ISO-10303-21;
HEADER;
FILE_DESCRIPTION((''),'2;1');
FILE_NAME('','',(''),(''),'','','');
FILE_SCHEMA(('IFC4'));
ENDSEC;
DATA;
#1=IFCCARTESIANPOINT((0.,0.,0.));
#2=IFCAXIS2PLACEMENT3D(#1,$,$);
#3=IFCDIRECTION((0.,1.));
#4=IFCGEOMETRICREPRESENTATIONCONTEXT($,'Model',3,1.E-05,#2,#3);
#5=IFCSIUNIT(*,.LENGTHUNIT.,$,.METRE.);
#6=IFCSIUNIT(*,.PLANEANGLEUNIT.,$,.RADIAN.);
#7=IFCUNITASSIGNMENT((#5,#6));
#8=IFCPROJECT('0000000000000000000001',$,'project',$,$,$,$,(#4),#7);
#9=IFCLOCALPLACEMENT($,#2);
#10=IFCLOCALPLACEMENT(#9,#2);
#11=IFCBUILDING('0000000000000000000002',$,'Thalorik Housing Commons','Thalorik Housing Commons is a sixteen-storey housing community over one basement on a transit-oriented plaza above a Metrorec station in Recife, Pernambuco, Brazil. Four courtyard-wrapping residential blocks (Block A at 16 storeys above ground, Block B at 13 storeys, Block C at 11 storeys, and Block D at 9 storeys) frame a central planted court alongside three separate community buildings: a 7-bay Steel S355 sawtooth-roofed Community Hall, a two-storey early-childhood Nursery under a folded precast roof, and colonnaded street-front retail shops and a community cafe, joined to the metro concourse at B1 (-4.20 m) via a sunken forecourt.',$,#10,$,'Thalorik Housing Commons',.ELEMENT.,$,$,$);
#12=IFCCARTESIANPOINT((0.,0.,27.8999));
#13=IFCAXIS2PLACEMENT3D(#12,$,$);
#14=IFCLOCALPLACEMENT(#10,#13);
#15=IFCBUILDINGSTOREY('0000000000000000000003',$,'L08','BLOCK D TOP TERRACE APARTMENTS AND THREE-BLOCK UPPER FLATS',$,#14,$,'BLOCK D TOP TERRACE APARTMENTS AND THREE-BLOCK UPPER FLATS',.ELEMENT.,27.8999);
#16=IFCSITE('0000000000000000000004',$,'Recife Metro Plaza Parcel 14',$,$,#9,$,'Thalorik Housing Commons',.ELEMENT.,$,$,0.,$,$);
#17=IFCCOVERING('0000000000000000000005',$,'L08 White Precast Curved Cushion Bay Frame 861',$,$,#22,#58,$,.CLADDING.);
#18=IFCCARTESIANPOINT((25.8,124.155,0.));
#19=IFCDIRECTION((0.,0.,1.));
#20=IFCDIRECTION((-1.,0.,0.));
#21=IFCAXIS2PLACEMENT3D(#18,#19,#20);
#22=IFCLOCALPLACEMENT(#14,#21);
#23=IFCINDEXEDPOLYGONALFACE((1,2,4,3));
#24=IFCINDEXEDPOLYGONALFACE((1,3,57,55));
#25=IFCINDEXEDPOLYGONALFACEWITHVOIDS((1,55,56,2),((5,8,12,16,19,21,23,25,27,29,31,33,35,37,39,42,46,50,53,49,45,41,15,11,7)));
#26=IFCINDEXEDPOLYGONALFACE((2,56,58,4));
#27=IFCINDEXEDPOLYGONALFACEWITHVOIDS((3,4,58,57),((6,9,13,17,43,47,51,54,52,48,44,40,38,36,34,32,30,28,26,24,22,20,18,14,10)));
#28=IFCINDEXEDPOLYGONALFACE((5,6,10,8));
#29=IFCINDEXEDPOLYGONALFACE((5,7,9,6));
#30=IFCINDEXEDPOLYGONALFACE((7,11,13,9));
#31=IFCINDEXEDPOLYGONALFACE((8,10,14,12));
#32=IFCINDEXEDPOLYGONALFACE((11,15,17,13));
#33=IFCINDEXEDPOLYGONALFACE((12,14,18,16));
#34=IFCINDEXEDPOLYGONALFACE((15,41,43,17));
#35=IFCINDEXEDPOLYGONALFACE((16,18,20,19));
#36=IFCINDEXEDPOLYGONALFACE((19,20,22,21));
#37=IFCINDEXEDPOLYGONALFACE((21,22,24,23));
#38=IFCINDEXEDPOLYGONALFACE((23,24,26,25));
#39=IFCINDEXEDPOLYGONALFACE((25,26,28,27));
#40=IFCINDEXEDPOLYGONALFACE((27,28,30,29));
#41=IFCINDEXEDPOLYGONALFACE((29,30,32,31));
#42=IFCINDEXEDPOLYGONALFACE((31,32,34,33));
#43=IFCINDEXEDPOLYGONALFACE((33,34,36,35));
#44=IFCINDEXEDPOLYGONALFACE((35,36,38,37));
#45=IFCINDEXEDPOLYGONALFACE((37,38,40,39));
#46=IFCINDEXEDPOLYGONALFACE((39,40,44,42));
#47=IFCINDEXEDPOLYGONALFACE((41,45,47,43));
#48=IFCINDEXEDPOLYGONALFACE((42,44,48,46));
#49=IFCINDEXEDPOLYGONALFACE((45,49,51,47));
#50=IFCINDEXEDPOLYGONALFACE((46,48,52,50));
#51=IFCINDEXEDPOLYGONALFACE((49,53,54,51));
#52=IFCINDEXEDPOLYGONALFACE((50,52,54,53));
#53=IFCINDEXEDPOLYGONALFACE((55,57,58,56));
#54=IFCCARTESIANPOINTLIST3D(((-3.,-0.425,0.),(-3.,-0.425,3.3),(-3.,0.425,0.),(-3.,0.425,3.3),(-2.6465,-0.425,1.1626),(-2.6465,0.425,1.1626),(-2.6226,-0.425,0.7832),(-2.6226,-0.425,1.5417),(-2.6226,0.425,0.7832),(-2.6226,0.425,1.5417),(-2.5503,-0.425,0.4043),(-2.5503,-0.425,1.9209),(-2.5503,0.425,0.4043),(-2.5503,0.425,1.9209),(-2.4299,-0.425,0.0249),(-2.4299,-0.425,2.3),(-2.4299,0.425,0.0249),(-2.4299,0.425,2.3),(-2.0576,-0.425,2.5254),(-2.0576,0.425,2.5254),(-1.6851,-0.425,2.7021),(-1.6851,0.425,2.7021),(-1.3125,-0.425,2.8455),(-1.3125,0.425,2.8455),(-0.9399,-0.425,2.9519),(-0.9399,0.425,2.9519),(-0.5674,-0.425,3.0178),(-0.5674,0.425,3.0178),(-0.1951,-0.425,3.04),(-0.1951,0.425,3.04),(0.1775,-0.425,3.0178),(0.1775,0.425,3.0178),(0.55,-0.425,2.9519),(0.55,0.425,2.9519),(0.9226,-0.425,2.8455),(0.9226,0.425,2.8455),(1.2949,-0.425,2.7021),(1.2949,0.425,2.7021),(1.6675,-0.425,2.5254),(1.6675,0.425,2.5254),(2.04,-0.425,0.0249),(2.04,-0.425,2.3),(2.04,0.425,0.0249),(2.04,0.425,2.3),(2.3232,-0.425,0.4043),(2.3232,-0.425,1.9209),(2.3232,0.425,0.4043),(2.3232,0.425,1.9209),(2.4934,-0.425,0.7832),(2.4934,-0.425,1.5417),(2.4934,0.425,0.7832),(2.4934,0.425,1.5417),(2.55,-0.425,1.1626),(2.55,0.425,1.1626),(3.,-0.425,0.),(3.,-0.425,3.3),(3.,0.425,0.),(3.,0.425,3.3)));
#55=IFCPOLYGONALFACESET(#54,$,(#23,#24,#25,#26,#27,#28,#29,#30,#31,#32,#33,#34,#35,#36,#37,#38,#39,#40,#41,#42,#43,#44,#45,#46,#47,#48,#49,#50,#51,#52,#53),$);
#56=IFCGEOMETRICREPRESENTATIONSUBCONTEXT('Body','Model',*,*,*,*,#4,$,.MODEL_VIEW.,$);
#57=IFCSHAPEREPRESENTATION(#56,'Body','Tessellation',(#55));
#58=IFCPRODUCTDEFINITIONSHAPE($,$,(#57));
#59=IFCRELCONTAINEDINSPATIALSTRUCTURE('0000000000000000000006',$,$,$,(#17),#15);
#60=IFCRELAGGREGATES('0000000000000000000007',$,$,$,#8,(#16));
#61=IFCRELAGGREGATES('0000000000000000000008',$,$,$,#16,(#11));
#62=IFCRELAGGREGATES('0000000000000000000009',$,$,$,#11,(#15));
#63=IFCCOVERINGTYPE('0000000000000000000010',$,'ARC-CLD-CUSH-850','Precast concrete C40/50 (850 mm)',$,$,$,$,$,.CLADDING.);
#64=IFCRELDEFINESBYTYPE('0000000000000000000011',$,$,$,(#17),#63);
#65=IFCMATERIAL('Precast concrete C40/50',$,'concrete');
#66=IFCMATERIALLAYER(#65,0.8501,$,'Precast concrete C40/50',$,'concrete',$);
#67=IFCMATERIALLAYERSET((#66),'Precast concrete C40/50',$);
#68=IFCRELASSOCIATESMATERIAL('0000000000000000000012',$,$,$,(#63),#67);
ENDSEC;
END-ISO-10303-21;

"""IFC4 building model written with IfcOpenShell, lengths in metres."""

from ifc_helpers import new_model, si_unit, direction, frame, origin, place, context, subcontext, project, spatial, polyline, outline, extrude, material, layer, layer_set, type_object, element, save


model = new_model("IFC4")

# Units and contexts
model_context = context("Model", 3, precision=1e-05, world=origin(), true_north=direction((0.0, 1.0)))
body_context = subcontext(model_context, "Body", "Model", "MODEL_VIEW")
ifc_project = project(units=[si_unit("LENGTHUNIT", "METRE"), si_unit("PLANEANGLEUNIT", "RADIAN")], contexts=[model_context])

# Site, building, storey
site_placement = place(None, origin())
site = spatial("IfcSite", under=ifc_project, at=site_placement, Name="Recife Metro Plaza Parcel 14", LongName="Thalorik Housing Commons", CompositionType="ELEMENT", RefElevation=0.0)
building_placement = place(site_placement, origin())
building = spatial("IfcBuilding", under=site, at=building_placement, Name="Thalorik Housing Commons", Description="Thalorik Housing Commons is a sixteen-storey housing community over one basement on a transit-oriented plaza above a Metrorec station in Recife, Pernambuco, Brazil. Four courtyard-wrapping residential blocks (Block A at 16 storeys above ground, Block B at 13 storeys, Block C at 11 storeys, and Block D at 9 storeys) frame a central planted court alongside three separate community buildings: a 7-bay Steel S355 sawtooth-roofed Community Hall, a two-storey early-childhood Nursery under a folded precast roof, and colonnaded street-front retail shops and a community cafe, joined to the metro concourse at B1 (-4.20 m) via a sunken forecourt.", LongName="Thalorik Housing Commons", CompositionType="ELEMENT")
storey_placement = place(building_placement, frame((0.0, 0.0, 27.8999)))
storey = spatial("IfcBuildingStorey", under=building, at=storey_placement, Name="L08", Description="BLOCK D TOP TERRACE APARTMENTS AND THREE-BLOCK UPPER FLATS", LongName="BLOCK D TOP TERRACE APARTMENTS AND THREE-BLOCK UPPER FLATS", CompositionType="ELEMENT", Elevation=27.8999)

# Shared definitions
ifc_material_1 = material(Name="Precast concrete C40/50", Category="concrete")

# Covering
ifc_layer_1 = layer(ifc_material_1, 0.8501, Name="Precast concrete C40/50", Category="concrete")
ifc_layer_set_1 = layer_set([ifc_layer_1], Name="Precast concrete C40/50")
covering_type_1 = type_object("IfcCoveringType", Name="ARC-CLD-CUSH-850", Description="Precast concrete C40/50 (850 mm)", PredefinedType="CLADDING", material=ifc_layer_set_1)
covering_1_placement = place(storey_placement, frame((25.8, 124.155, 0.0), z_axis=(0.0, 0.0, 1.0), x_axis=(-1.0, 0.0, 0.0)))
element("IfcCovering", 1, at=covering_1_placement, inside=storey, type_object=covering_type_1, Name="L08 White Precast Curved Cushion Bay Frame 861", PredefinedType="CLADDING", context=body_context, shape_type="SweptSolid", body=[
    extrude(outline(polyline([(-3.0, 0.0), (3.0, 0.0), (3.0, 3.3), (-3.0, 3.3), (-3.0, 0.0)]), holes=[polyline([(2.04, 0.0249), (2.3232, 0.4043), (2.4934, 0.7832), (2.55, 1.1626), (2.4934, 1.5417), (2.3232, 1.9209), (2.04, 2.3), (1.6675, 2.5254), (1.2949, 2.7021), (0.9226, 2.8455), (0.55, 2.9519), (0.1775, 3.0178), (-0.1951, 3.04), (-0.5674, 3.0178), (-0.9399, 2.9519), (-1.3125, 2.8455), (-1.6851, 2.7021), (-2.0576, 2.5254), (-2.4299, 2.3), (-2.5503, 1.9209), (-2.6226, 1.5417), (-2.6465, 1.1626), (-2.6226, 0.7832), (-2.5503, 0.4043), (-2.4299, 0.0249), (2.04, 0.0249)])]), frame((0.0, 0.425, 0.0), z_axis=(0.0, -1.0, 0.0), x_axis=(1.0, 0.0, 0.0)), (0.0, 0.0, 1.0), 0.8501),
])

save(model, "model.ifc")
